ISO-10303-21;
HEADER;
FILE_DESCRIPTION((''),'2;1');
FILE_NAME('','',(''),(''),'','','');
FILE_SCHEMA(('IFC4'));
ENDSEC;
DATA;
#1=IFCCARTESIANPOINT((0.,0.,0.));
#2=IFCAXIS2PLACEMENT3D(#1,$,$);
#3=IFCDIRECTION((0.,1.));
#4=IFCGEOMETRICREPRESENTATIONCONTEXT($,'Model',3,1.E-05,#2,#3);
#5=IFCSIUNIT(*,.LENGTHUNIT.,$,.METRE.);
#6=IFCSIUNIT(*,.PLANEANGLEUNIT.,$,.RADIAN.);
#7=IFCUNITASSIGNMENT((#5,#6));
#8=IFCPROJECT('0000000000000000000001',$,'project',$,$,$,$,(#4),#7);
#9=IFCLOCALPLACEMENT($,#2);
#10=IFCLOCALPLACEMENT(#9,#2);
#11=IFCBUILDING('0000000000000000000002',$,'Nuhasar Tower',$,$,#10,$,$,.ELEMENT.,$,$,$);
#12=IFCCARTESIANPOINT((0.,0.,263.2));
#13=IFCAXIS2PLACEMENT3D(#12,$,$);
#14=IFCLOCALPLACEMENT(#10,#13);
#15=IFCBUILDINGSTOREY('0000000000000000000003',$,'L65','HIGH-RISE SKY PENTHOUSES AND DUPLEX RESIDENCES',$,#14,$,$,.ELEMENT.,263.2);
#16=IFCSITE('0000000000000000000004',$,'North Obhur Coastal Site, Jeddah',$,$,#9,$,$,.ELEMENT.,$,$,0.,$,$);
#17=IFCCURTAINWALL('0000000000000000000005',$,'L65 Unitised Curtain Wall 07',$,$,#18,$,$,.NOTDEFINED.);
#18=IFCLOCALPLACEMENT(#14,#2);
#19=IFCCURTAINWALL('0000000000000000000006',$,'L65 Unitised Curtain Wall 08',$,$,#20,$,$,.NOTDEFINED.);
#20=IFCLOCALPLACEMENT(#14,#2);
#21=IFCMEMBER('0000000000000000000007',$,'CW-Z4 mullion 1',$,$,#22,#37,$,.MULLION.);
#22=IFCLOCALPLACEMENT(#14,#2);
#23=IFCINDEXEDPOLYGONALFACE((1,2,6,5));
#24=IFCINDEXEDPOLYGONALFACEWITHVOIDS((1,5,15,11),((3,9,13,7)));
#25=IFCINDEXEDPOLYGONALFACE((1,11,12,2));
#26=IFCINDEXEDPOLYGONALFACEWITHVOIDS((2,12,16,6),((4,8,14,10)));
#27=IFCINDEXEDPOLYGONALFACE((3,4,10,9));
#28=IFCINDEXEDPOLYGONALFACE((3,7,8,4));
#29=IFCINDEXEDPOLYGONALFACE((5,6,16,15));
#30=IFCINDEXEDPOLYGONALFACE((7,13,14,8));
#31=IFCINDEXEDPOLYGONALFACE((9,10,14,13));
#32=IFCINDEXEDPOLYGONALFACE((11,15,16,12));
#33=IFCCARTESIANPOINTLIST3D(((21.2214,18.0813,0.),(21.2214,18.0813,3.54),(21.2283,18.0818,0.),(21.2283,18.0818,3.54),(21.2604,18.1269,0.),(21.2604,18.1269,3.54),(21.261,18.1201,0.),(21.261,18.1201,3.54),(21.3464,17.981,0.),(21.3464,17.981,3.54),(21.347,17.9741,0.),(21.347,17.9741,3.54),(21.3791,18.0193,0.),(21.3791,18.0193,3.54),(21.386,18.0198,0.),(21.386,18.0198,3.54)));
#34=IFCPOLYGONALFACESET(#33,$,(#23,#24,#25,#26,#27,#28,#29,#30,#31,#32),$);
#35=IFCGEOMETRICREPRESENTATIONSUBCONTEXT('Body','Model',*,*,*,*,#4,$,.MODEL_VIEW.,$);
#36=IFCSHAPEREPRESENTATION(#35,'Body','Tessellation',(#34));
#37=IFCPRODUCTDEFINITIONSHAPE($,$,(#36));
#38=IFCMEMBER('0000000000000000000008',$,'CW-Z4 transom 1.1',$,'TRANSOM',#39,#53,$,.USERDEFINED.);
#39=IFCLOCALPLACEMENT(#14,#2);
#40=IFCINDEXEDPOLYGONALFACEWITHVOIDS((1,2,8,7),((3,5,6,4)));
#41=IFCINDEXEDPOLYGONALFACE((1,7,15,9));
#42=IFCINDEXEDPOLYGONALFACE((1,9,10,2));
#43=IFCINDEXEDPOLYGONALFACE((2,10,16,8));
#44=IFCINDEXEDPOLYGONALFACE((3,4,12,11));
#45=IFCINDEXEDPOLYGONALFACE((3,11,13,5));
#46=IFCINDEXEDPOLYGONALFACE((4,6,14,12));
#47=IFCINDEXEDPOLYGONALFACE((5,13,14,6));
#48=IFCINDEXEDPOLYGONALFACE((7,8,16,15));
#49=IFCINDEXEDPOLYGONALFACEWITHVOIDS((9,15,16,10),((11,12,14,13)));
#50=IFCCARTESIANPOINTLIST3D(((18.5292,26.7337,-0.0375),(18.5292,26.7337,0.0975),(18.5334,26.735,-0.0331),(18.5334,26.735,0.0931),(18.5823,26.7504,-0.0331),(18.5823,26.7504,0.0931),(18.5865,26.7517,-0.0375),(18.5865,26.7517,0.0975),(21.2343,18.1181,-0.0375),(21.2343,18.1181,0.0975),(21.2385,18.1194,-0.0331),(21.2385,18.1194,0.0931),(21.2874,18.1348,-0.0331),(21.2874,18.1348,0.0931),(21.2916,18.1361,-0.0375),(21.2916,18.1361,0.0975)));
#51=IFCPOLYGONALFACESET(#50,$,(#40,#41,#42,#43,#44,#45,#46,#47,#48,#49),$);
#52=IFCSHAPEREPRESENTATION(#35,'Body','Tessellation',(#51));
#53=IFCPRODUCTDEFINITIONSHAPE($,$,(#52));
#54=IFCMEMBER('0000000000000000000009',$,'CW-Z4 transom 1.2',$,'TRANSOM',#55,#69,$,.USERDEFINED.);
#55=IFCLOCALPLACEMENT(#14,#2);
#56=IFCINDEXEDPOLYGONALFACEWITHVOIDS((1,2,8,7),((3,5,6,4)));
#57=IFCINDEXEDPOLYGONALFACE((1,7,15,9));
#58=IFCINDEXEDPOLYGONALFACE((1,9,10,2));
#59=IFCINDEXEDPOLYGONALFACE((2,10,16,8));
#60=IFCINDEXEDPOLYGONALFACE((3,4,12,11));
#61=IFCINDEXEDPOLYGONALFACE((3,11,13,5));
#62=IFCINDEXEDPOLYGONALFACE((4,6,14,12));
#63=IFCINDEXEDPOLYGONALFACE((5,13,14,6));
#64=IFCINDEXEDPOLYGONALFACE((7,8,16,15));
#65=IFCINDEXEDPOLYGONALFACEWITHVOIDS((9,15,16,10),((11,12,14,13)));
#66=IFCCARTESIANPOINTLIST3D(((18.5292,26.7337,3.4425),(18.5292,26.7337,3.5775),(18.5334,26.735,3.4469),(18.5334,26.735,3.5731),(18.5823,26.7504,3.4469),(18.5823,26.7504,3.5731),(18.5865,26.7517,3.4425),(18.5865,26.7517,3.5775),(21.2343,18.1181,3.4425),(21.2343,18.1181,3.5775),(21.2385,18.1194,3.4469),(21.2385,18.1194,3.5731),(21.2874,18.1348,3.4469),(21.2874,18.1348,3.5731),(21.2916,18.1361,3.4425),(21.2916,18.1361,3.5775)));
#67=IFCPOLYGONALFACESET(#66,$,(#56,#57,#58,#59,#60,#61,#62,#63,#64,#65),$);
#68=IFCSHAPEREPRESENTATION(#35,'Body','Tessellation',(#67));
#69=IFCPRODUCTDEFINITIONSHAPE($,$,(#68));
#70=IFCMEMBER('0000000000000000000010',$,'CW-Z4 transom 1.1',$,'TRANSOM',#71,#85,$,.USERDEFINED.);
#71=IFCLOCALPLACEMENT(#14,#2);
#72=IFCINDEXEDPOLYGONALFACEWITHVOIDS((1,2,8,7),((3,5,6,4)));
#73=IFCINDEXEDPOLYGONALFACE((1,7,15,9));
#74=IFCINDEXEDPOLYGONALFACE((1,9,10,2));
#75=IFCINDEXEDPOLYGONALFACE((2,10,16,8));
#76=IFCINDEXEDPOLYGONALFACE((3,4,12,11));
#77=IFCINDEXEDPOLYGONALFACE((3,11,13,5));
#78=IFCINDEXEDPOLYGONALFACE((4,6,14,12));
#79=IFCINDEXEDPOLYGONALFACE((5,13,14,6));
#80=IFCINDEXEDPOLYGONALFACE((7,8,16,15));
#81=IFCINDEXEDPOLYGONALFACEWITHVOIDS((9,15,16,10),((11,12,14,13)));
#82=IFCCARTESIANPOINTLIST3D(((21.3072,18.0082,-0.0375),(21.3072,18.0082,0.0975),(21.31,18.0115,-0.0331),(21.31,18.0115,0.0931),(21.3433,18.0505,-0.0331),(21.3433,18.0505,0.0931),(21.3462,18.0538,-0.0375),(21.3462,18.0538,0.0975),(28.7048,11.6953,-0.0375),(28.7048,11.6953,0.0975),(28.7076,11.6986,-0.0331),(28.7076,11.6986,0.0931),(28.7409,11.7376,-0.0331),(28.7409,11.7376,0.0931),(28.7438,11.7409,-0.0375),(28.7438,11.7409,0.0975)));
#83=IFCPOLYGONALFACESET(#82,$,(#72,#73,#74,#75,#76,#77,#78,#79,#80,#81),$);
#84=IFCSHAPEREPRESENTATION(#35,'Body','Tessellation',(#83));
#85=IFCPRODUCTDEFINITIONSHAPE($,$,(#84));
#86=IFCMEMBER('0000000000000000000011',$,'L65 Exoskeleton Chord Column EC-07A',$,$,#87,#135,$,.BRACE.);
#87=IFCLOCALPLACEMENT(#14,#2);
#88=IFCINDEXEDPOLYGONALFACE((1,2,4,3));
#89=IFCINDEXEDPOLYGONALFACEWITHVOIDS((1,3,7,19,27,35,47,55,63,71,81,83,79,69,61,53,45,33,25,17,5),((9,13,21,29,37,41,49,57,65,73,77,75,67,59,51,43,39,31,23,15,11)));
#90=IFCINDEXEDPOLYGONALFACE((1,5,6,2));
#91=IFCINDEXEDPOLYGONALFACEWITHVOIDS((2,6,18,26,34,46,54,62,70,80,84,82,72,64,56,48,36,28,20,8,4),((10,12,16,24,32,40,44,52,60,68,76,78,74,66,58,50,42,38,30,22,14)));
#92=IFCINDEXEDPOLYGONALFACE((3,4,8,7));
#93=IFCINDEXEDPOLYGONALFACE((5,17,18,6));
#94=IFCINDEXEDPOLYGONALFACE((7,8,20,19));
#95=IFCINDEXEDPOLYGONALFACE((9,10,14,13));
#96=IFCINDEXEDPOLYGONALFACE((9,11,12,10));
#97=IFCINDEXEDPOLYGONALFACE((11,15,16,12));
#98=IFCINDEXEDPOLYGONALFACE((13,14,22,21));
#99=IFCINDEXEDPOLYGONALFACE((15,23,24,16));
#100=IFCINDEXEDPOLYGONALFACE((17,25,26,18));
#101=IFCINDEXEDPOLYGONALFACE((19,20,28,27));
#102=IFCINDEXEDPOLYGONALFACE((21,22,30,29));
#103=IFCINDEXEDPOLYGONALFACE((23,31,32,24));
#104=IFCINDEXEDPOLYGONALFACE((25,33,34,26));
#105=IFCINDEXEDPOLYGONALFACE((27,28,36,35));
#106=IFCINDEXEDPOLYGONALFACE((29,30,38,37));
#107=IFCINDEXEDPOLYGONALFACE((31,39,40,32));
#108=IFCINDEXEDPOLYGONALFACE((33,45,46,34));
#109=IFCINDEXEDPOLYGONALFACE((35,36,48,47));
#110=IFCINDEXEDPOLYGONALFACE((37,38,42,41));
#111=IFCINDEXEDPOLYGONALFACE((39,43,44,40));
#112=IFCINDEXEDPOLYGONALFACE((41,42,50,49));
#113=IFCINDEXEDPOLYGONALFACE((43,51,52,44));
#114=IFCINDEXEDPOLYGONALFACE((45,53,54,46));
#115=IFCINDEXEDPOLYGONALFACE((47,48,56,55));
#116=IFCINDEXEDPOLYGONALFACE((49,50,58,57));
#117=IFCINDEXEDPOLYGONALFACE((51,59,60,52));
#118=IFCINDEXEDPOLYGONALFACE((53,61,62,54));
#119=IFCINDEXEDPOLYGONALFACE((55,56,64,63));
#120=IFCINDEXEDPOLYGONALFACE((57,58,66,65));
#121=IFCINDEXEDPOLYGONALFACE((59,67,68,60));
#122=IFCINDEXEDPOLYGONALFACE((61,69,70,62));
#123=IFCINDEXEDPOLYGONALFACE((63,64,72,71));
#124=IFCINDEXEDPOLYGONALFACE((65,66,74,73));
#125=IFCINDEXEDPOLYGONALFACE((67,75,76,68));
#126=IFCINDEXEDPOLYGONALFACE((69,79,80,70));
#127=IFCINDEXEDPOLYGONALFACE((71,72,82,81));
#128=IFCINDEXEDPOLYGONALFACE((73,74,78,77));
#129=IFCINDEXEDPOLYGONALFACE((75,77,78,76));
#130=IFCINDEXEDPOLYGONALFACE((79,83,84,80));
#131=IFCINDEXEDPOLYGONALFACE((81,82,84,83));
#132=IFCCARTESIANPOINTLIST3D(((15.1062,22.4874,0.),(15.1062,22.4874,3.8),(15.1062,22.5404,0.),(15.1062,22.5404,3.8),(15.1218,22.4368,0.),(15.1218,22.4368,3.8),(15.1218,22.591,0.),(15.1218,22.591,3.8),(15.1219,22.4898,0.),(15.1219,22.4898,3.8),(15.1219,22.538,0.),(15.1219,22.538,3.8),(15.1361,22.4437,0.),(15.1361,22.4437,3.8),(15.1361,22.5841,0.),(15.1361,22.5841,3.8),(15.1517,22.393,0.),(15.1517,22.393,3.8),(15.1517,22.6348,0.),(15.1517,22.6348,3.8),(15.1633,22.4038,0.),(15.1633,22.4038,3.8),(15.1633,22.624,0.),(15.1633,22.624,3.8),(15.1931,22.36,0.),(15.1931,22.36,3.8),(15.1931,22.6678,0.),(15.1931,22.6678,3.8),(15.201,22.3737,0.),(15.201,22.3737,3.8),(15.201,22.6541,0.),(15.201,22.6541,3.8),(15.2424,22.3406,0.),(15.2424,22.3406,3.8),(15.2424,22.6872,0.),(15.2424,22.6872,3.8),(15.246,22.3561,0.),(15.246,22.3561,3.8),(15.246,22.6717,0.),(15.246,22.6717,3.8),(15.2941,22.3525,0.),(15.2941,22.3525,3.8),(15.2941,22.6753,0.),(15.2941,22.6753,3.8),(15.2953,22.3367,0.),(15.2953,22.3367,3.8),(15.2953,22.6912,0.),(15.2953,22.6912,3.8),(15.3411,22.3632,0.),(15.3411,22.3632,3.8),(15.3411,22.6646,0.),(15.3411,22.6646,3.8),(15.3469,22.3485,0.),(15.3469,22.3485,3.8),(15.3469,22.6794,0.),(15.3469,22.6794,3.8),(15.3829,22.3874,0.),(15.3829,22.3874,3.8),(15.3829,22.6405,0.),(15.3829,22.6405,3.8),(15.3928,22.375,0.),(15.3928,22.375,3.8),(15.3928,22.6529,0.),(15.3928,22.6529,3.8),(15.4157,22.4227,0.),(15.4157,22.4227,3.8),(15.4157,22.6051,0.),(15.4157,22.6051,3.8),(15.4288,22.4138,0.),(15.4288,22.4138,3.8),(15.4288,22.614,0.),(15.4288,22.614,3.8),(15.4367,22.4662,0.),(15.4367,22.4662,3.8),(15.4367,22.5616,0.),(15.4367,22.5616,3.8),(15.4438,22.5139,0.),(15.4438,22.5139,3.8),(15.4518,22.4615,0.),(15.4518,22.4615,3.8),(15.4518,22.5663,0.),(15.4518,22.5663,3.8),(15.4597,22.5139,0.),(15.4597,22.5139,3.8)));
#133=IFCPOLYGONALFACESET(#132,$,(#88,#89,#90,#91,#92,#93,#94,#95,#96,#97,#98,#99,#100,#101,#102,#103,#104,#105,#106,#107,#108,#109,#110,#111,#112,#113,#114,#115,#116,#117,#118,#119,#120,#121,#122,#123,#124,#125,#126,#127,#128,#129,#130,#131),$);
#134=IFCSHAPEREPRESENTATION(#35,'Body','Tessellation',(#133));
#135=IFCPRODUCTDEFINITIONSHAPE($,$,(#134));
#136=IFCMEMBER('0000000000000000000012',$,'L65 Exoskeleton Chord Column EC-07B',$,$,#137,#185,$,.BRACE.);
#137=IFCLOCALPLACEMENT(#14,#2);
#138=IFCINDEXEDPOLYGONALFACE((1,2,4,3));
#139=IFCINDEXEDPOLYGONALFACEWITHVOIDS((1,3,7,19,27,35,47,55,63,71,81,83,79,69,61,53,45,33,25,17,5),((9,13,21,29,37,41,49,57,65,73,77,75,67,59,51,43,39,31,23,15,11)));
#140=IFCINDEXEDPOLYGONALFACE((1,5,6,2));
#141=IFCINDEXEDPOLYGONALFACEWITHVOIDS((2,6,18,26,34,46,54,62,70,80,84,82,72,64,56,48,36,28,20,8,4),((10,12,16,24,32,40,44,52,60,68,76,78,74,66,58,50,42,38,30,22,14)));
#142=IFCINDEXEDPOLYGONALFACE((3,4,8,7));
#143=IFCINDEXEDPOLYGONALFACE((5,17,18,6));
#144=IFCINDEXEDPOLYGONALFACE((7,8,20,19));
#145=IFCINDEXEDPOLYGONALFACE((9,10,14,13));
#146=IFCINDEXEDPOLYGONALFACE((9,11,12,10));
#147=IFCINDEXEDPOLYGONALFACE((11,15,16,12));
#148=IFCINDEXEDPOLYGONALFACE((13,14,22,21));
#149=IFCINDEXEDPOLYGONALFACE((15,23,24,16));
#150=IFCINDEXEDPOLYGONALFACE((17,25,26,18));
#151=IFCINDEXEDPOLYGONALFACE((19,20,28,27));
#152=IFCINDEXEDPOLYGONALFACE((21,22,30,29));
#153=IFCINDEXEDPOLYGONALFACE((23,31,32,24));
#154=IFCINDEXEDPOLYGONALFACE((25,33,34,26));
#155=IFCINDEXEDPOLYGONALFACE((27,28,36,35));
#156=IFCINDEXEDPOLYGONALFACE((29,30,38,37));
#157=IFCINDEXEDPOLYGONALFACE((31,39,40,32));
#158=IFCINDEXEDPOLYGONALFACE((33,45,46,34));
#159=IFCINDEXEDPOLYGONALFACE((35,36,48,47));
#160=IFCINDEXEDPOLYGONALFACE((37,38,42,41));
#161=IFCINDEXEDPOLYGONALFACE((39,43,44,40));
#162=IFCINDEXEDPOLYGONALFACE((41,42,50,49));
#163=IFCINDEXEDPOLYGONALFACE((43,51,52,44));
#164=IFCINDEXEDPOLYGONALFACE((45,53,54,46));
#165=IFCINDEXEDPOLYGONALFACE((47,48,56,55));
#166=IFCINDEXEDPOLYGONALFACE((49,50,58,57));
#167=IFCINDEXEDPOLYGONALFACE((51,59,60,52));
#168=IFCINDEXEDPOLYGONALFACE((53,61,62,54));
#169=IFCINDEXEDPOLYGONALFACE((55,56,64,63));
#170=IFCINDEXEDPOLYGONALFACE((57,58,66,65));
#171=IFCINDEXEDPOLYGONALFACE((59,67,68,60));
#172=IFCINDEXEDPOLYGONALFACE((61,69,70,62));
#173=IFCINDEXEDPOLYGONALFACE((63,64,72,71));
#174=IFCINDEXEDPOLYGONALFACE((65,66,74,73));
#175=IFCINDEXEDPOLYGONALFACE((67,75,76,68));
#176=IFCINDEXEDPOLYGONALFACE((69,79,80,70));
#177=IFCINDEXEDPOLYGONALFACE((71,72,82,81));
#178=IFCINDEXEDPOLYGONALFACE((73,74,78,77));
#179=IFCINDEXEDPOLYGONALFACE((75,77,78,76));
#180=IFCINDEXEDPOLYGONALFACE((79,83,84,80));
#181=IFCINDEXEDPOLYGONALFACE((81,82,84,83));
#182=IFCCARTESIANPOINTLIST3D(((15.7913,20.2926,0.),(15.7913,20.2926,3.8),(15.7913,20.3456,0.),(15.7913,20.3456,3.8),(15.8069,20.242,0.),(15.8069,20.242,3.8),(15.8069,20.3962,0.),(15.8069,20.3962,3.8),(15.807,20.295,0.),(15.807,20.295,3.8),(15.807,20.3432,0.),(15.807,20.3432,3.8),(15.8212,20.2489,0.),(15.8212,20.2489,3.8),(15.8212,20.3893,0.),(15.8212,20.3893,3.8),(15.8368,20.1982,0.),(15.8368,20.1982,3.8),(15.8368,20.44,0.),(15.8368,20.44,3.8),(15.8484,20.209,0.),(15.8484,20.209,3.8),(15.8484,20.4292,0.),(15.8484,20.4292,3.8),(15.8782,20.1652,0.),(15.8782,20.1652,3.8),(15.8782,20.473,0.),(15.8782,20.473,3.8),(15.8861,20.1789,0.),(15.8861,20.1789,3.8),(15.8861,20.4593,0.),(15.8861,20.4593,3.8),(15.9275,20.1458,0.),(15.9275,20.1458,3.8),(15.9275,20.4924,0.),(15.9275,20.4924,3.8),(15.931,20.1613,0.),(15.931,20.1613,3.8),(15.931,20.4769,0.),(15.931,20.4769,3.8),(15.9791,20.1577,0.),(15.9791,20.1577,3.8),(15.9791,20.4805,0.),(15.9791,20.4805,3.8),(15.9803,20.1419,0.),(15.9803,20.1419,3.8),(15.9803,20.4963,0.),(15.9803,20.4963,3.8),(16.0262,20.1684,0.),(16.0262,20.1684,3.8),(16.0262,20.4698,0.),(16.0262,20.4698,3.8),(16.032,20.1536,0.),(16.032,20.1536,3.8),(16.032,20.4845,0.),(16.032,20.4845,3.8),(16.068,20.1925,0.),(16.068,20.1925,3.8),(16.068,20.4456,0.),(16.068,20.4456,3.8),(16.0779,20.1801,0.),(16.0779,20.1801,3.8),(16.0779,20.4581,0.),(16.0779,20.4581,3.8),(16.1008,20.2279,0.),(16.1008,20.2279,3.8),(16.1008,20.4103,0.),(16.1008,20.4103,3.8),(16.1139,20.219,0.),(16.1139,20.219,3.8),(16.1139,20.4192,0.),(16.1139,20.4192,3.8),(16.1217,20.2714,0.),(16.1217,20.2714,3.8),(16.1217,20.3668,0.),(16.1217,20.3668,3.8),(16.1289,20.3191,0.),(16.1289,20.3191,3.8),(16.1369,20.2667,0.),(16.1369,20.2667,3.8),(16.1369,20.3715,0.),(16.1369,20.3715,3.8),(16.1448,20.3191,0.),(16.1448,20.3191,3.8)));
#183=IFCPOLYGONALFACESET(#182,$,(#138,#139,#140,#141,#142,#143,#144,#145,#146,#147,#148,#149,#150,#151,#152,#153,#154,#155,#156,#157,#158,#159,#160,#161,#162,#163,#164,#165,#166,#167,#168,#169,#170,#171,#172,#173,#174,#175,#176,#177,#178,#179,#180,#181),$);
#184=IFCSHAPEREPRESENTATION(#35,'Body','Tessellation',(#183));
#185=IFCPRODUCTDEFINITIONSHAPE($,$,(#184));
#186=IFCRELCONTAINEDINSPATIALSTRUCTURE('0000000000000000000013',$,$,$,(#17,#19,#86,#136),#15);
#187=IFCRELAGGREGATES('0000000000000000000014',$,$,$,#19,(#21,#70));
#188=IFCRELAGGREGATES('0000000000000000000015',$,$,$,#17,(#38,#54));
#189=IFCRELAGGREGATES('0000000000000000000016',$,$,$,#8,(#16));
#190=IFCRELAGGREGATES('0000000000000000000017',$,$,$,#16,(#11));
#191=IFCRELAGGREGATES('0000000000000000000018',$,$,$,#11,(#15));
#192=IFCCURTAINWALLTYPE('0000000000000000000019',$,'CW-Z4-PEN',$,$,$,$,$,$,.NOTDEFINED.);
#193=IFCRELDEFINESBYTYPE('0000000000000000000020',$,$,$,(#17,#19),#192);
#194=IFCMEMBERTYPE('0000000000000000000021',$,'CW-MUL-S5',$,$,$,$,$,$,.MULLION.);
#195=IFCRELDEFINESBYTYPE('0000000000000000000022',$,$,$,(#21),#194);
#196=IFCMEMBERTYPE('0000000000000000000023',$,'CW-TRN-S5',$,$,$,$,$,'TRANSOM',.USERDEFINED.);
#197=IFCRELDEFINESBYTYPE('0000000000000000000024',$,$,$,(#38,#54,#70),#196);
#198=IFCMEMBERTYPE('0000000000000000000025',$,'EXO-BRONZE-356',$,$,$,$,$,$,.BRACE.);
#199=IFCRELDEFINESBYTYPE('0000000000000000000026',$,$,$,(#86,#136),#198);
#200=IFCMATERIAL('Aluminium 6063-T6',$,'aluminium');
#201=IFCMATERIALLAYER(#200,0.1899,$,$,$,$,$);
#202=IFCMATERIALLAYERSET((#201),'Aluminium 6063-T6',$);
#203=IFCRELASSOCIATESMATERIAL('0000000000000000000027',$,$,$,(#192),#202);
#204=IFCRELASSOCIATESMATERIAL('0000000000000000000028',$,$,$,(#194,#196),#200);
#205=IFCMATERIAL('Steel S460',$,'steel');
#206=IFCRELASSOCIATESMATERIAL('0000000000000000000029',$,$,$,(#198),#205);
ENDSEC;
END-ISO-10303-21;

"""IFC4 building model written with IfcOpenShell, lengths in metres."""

from ifc_helpers import new_model, si_unit, direction, frame, origin, origin_2d, place, context, subcontext, project, spatial, hollow_rectangle, hollow_circle, extrude, material, layer, layer_set, material_profile, profile_set, type_object, element, aggregate, save


model = new_model("IFC4")

# Units and contexts
model_context = context("Model", 3, precision=1e-05, world=origin(), true_north=direction((0.0, 1.0)))
body_context = subcontext(model_context, "Body", "Model", "MODEL_VIEW")
ifc_project = project(units=[si_unit("LENGTHUNIT", "METRE"), si_unit("PLANEANGLEUNIT", "RADIAN")], contexts=[model_context])

# Site, building, storey
site_placement = place(None, origin())
site = spatial("IfcSite", under=ifc_project, at=site_placement, Name="North Obhur Coastal Site, Jeddah", CompositionType="ELEMENT", RefElevation=0.0)
building_placement = place(site_placement, origin())
building = spatial("IfcBuilding", under=site, at=building_placement, Name="Nuhasar Tower", CompositionType="ELEMENT")
storey_placement = place(building_placement, frame((0.0, 0.0, 263.2)))
storey = spatial("IfcBuildingStorey", under=building, at=storey_placement, Name="L65", Description="HIGH-RISE SKY PENTHOUSES AND DUPLEX RESIDENCES", CompositionType="ELEMENT", Elevation=263.2)

# Curtain wall
ifc_material_1 = material(Name="Aluminium 6063-T6", Category="aluminium")
ifc_layer_1 = layer(ifc_material_1, 0.1899)
ifc_layer_set_1 = layer_set([ifc_layer_1], Name="Aluminium 6063-T6")
curtain_wall_type = type_object("IfcCurtainWallType", Name="CW-Z4-PEN", PredefinedType="NOTDEFINED", material=ifc_layer_set_1)
curtain_wall_1_placement = place(storey_placement, origin())
curtain_wall_1 = element("IfcCurtainWall", 1, at=curtain_wall_1_placement, inside=storey, type_object=curtain_wall_type, Name="L65 Unitised Curtain Wall 07", PredefinedType="NOTDEFINED")
ifc_material_profile_1 = material_profile(ifc_material_1, hollow_rectangle(XDim=0.0601, YDim=0.165, WallThickness=0.0049, at=origin_2d()), Name="CWM-5")
ifc_profile_set_1 = profile_set([ifc_material_profile_1], Name="Aluminium 6063-T6")
member_type_1 = type_object("IfcMemberType", Name="CW-MUL-S5", PredefinedType="MULLION", material=ifc_profile_set_1)

# Curtain wall, member
curtain_wall_2_placement = place(storey_placement, origin())
curtain_wall_2 = element("IfcCurtainWall", 2, at=curtain_wall_2_placement, inside=storey, type_object=curtain_wall_type, Name="L65 Unitised Curtain Wall 08", PredefinedType="NOTDEFINED")
member_1_placement = place(storey_placement, frame((21.3037, 18.0505, 0.0), z_axis=(0.0, 0.0, 1.0), x_axis=(0.649142, 0.760667, 0.0)))
member_1 = element("IfcMember", 3, at=member_1_placement, type_object=member_type_1, Name="CW-Z4 mullion 1", PredefinedType="MULLION", context=body_context, shape_type="SweptSolid", body=[
    extrude(hollow_rectangle(XDim=0.0601, YDim=0.165, WallThickness=0.0049, at=origin_2d()), origin(), (0.0, 0.0, 1.0), 3.54),
])

# Members
ifc_material_profile_2 = material_profile(ifc_material_1, hollow_rectangle(XDim=0.0601, YDim=0.135, WallThickness=0.0044, at=origin_2d()), Name="CWT-5")
ifc_profile_set_2 = profile_set([ifc_material_profile_2], Name="Aluminium 6063-T6")
member_type_2 = type_object("IfcMemberType", Name="CW-TRN-S5", ElementType="TRANSOM", PredefinedType="USERDEFINED", material=ifc_profile_set_2)
member_2_placement = place(storey_placement, frame((18.5579, 26.7427, 0.03), z_axis=(0.29956, -0.954077, 0.0), x_axis=(0.954077, 0.29956, 0.0)))
member_2 = element("IfcMember", 4, at=member_2_placement, type_object=member_type_2, Name="CW-Z4 transom 1.1", ObjectType="TRANSOM", PredefinedType="USERDEFINED", context=body_context, shape_type="SweptSolid", body=[
    extrude(hollow_rectangle(XDim=0.0601, YDim=0.135, WallThickness=0.0044, at=origin_2d()), origin(), (0.0, 0.0, 1.0), 9.0303),
])
member_3_placement = place(storey_placement, frame((18.5579, 26.7427, 3.51), z_axis=(0.29956, -0.954077, 0.0), x_axis=(0.954077, 0.29956, 0.0)))
member_3 = element("IfcMember", 5, at=member_3_placement, type_object=member_type_2, Name="CW-Z4 transom 1.2", ObjectType="TRANSOM", PredefinedType="USERDEFINED", context=body_context, shape_type="SweptSolid", body=[
    extrude(hollow_rectangle(XDim=0.0601, YDim=0.135, WallThickness=0.0044, at=origin_2d()), origin(), (0.0, 0.0, 1.0), 9.0303),
])
member_4_placement = place(storey_placement, frame((21.3267, 18.031, 0.03), z_axis=(0.760672, -0.649136, 0.0), x_axis=(0.649136, 0.760672, 0.0)))
member_4 = element("IfcMember", 6, at=member_4_placement, type_object=member_type_2, Name="CW-Z4 transom 1.1", ObjectType="TRANSOM", PredefinedType="USERDEFINED", context=body_context, shape_type="SweptSolid", body=[
    extrude(hollow_rectangle(XDim=0.0601, YDim=0.135, WallThickness=0.0044, at=origin_2d()), origin(), (0.0, 0.0, 1.0), 9.7251),
])
aggregate(curtain_wall_2, [member_1, member_4])

# Members
ifc_material_2 = material(Name="Steel S460", Category="steel")
ifc_material_profile_3 = material_profile(ifc_material_2, hollow_circle(Radius=0.1777, WallThickness=0.0159, at=origin_2d()), Name="HSS355.6X15.9")
ifc_profile_set_3 = profile_set([ifc_material_profile_3], Name="Steel S460")
member_type_3 = type_object("IfcMemberType", Name="EXO-BRONZE-356", PredefinedType="BRACE", material=ifc_profile_set_3)
for number, where, z_axis, x_axis, name in (
    (7, (15.282, 22.5139, 0.0), (0.0, 0.0, 1.0), (1.0, 0.0, 0.0), "L65 Exoskeleton Chord Column EC-07A"),
    (8, (15.967, 20.3191, 0.0), (0.0, 0.0, 1.0), (1.0, 0.0, 0.0), "L65 Exoskeleton Chord Column EC-07B"),
):
    element("IfcMember", number, at=place(storey_placement, frame(where, z_axis=z_axis, x_axis=x_axis)), inside=storey, type_object=member_type_3, Name=name, PredefinedType="BRACE", context=body_context, shape_type="SweptSolid", body=[
        extrude(hollow_circle(Radius=0.1777, WallThickness=0.0159, at=origin_2d()), origin(), (0.0, 0.0, 1.0), 3.8),
    ])

aggregate(curtain_wall_1, [member_2, member_3])

save(model, "model.ifc")
